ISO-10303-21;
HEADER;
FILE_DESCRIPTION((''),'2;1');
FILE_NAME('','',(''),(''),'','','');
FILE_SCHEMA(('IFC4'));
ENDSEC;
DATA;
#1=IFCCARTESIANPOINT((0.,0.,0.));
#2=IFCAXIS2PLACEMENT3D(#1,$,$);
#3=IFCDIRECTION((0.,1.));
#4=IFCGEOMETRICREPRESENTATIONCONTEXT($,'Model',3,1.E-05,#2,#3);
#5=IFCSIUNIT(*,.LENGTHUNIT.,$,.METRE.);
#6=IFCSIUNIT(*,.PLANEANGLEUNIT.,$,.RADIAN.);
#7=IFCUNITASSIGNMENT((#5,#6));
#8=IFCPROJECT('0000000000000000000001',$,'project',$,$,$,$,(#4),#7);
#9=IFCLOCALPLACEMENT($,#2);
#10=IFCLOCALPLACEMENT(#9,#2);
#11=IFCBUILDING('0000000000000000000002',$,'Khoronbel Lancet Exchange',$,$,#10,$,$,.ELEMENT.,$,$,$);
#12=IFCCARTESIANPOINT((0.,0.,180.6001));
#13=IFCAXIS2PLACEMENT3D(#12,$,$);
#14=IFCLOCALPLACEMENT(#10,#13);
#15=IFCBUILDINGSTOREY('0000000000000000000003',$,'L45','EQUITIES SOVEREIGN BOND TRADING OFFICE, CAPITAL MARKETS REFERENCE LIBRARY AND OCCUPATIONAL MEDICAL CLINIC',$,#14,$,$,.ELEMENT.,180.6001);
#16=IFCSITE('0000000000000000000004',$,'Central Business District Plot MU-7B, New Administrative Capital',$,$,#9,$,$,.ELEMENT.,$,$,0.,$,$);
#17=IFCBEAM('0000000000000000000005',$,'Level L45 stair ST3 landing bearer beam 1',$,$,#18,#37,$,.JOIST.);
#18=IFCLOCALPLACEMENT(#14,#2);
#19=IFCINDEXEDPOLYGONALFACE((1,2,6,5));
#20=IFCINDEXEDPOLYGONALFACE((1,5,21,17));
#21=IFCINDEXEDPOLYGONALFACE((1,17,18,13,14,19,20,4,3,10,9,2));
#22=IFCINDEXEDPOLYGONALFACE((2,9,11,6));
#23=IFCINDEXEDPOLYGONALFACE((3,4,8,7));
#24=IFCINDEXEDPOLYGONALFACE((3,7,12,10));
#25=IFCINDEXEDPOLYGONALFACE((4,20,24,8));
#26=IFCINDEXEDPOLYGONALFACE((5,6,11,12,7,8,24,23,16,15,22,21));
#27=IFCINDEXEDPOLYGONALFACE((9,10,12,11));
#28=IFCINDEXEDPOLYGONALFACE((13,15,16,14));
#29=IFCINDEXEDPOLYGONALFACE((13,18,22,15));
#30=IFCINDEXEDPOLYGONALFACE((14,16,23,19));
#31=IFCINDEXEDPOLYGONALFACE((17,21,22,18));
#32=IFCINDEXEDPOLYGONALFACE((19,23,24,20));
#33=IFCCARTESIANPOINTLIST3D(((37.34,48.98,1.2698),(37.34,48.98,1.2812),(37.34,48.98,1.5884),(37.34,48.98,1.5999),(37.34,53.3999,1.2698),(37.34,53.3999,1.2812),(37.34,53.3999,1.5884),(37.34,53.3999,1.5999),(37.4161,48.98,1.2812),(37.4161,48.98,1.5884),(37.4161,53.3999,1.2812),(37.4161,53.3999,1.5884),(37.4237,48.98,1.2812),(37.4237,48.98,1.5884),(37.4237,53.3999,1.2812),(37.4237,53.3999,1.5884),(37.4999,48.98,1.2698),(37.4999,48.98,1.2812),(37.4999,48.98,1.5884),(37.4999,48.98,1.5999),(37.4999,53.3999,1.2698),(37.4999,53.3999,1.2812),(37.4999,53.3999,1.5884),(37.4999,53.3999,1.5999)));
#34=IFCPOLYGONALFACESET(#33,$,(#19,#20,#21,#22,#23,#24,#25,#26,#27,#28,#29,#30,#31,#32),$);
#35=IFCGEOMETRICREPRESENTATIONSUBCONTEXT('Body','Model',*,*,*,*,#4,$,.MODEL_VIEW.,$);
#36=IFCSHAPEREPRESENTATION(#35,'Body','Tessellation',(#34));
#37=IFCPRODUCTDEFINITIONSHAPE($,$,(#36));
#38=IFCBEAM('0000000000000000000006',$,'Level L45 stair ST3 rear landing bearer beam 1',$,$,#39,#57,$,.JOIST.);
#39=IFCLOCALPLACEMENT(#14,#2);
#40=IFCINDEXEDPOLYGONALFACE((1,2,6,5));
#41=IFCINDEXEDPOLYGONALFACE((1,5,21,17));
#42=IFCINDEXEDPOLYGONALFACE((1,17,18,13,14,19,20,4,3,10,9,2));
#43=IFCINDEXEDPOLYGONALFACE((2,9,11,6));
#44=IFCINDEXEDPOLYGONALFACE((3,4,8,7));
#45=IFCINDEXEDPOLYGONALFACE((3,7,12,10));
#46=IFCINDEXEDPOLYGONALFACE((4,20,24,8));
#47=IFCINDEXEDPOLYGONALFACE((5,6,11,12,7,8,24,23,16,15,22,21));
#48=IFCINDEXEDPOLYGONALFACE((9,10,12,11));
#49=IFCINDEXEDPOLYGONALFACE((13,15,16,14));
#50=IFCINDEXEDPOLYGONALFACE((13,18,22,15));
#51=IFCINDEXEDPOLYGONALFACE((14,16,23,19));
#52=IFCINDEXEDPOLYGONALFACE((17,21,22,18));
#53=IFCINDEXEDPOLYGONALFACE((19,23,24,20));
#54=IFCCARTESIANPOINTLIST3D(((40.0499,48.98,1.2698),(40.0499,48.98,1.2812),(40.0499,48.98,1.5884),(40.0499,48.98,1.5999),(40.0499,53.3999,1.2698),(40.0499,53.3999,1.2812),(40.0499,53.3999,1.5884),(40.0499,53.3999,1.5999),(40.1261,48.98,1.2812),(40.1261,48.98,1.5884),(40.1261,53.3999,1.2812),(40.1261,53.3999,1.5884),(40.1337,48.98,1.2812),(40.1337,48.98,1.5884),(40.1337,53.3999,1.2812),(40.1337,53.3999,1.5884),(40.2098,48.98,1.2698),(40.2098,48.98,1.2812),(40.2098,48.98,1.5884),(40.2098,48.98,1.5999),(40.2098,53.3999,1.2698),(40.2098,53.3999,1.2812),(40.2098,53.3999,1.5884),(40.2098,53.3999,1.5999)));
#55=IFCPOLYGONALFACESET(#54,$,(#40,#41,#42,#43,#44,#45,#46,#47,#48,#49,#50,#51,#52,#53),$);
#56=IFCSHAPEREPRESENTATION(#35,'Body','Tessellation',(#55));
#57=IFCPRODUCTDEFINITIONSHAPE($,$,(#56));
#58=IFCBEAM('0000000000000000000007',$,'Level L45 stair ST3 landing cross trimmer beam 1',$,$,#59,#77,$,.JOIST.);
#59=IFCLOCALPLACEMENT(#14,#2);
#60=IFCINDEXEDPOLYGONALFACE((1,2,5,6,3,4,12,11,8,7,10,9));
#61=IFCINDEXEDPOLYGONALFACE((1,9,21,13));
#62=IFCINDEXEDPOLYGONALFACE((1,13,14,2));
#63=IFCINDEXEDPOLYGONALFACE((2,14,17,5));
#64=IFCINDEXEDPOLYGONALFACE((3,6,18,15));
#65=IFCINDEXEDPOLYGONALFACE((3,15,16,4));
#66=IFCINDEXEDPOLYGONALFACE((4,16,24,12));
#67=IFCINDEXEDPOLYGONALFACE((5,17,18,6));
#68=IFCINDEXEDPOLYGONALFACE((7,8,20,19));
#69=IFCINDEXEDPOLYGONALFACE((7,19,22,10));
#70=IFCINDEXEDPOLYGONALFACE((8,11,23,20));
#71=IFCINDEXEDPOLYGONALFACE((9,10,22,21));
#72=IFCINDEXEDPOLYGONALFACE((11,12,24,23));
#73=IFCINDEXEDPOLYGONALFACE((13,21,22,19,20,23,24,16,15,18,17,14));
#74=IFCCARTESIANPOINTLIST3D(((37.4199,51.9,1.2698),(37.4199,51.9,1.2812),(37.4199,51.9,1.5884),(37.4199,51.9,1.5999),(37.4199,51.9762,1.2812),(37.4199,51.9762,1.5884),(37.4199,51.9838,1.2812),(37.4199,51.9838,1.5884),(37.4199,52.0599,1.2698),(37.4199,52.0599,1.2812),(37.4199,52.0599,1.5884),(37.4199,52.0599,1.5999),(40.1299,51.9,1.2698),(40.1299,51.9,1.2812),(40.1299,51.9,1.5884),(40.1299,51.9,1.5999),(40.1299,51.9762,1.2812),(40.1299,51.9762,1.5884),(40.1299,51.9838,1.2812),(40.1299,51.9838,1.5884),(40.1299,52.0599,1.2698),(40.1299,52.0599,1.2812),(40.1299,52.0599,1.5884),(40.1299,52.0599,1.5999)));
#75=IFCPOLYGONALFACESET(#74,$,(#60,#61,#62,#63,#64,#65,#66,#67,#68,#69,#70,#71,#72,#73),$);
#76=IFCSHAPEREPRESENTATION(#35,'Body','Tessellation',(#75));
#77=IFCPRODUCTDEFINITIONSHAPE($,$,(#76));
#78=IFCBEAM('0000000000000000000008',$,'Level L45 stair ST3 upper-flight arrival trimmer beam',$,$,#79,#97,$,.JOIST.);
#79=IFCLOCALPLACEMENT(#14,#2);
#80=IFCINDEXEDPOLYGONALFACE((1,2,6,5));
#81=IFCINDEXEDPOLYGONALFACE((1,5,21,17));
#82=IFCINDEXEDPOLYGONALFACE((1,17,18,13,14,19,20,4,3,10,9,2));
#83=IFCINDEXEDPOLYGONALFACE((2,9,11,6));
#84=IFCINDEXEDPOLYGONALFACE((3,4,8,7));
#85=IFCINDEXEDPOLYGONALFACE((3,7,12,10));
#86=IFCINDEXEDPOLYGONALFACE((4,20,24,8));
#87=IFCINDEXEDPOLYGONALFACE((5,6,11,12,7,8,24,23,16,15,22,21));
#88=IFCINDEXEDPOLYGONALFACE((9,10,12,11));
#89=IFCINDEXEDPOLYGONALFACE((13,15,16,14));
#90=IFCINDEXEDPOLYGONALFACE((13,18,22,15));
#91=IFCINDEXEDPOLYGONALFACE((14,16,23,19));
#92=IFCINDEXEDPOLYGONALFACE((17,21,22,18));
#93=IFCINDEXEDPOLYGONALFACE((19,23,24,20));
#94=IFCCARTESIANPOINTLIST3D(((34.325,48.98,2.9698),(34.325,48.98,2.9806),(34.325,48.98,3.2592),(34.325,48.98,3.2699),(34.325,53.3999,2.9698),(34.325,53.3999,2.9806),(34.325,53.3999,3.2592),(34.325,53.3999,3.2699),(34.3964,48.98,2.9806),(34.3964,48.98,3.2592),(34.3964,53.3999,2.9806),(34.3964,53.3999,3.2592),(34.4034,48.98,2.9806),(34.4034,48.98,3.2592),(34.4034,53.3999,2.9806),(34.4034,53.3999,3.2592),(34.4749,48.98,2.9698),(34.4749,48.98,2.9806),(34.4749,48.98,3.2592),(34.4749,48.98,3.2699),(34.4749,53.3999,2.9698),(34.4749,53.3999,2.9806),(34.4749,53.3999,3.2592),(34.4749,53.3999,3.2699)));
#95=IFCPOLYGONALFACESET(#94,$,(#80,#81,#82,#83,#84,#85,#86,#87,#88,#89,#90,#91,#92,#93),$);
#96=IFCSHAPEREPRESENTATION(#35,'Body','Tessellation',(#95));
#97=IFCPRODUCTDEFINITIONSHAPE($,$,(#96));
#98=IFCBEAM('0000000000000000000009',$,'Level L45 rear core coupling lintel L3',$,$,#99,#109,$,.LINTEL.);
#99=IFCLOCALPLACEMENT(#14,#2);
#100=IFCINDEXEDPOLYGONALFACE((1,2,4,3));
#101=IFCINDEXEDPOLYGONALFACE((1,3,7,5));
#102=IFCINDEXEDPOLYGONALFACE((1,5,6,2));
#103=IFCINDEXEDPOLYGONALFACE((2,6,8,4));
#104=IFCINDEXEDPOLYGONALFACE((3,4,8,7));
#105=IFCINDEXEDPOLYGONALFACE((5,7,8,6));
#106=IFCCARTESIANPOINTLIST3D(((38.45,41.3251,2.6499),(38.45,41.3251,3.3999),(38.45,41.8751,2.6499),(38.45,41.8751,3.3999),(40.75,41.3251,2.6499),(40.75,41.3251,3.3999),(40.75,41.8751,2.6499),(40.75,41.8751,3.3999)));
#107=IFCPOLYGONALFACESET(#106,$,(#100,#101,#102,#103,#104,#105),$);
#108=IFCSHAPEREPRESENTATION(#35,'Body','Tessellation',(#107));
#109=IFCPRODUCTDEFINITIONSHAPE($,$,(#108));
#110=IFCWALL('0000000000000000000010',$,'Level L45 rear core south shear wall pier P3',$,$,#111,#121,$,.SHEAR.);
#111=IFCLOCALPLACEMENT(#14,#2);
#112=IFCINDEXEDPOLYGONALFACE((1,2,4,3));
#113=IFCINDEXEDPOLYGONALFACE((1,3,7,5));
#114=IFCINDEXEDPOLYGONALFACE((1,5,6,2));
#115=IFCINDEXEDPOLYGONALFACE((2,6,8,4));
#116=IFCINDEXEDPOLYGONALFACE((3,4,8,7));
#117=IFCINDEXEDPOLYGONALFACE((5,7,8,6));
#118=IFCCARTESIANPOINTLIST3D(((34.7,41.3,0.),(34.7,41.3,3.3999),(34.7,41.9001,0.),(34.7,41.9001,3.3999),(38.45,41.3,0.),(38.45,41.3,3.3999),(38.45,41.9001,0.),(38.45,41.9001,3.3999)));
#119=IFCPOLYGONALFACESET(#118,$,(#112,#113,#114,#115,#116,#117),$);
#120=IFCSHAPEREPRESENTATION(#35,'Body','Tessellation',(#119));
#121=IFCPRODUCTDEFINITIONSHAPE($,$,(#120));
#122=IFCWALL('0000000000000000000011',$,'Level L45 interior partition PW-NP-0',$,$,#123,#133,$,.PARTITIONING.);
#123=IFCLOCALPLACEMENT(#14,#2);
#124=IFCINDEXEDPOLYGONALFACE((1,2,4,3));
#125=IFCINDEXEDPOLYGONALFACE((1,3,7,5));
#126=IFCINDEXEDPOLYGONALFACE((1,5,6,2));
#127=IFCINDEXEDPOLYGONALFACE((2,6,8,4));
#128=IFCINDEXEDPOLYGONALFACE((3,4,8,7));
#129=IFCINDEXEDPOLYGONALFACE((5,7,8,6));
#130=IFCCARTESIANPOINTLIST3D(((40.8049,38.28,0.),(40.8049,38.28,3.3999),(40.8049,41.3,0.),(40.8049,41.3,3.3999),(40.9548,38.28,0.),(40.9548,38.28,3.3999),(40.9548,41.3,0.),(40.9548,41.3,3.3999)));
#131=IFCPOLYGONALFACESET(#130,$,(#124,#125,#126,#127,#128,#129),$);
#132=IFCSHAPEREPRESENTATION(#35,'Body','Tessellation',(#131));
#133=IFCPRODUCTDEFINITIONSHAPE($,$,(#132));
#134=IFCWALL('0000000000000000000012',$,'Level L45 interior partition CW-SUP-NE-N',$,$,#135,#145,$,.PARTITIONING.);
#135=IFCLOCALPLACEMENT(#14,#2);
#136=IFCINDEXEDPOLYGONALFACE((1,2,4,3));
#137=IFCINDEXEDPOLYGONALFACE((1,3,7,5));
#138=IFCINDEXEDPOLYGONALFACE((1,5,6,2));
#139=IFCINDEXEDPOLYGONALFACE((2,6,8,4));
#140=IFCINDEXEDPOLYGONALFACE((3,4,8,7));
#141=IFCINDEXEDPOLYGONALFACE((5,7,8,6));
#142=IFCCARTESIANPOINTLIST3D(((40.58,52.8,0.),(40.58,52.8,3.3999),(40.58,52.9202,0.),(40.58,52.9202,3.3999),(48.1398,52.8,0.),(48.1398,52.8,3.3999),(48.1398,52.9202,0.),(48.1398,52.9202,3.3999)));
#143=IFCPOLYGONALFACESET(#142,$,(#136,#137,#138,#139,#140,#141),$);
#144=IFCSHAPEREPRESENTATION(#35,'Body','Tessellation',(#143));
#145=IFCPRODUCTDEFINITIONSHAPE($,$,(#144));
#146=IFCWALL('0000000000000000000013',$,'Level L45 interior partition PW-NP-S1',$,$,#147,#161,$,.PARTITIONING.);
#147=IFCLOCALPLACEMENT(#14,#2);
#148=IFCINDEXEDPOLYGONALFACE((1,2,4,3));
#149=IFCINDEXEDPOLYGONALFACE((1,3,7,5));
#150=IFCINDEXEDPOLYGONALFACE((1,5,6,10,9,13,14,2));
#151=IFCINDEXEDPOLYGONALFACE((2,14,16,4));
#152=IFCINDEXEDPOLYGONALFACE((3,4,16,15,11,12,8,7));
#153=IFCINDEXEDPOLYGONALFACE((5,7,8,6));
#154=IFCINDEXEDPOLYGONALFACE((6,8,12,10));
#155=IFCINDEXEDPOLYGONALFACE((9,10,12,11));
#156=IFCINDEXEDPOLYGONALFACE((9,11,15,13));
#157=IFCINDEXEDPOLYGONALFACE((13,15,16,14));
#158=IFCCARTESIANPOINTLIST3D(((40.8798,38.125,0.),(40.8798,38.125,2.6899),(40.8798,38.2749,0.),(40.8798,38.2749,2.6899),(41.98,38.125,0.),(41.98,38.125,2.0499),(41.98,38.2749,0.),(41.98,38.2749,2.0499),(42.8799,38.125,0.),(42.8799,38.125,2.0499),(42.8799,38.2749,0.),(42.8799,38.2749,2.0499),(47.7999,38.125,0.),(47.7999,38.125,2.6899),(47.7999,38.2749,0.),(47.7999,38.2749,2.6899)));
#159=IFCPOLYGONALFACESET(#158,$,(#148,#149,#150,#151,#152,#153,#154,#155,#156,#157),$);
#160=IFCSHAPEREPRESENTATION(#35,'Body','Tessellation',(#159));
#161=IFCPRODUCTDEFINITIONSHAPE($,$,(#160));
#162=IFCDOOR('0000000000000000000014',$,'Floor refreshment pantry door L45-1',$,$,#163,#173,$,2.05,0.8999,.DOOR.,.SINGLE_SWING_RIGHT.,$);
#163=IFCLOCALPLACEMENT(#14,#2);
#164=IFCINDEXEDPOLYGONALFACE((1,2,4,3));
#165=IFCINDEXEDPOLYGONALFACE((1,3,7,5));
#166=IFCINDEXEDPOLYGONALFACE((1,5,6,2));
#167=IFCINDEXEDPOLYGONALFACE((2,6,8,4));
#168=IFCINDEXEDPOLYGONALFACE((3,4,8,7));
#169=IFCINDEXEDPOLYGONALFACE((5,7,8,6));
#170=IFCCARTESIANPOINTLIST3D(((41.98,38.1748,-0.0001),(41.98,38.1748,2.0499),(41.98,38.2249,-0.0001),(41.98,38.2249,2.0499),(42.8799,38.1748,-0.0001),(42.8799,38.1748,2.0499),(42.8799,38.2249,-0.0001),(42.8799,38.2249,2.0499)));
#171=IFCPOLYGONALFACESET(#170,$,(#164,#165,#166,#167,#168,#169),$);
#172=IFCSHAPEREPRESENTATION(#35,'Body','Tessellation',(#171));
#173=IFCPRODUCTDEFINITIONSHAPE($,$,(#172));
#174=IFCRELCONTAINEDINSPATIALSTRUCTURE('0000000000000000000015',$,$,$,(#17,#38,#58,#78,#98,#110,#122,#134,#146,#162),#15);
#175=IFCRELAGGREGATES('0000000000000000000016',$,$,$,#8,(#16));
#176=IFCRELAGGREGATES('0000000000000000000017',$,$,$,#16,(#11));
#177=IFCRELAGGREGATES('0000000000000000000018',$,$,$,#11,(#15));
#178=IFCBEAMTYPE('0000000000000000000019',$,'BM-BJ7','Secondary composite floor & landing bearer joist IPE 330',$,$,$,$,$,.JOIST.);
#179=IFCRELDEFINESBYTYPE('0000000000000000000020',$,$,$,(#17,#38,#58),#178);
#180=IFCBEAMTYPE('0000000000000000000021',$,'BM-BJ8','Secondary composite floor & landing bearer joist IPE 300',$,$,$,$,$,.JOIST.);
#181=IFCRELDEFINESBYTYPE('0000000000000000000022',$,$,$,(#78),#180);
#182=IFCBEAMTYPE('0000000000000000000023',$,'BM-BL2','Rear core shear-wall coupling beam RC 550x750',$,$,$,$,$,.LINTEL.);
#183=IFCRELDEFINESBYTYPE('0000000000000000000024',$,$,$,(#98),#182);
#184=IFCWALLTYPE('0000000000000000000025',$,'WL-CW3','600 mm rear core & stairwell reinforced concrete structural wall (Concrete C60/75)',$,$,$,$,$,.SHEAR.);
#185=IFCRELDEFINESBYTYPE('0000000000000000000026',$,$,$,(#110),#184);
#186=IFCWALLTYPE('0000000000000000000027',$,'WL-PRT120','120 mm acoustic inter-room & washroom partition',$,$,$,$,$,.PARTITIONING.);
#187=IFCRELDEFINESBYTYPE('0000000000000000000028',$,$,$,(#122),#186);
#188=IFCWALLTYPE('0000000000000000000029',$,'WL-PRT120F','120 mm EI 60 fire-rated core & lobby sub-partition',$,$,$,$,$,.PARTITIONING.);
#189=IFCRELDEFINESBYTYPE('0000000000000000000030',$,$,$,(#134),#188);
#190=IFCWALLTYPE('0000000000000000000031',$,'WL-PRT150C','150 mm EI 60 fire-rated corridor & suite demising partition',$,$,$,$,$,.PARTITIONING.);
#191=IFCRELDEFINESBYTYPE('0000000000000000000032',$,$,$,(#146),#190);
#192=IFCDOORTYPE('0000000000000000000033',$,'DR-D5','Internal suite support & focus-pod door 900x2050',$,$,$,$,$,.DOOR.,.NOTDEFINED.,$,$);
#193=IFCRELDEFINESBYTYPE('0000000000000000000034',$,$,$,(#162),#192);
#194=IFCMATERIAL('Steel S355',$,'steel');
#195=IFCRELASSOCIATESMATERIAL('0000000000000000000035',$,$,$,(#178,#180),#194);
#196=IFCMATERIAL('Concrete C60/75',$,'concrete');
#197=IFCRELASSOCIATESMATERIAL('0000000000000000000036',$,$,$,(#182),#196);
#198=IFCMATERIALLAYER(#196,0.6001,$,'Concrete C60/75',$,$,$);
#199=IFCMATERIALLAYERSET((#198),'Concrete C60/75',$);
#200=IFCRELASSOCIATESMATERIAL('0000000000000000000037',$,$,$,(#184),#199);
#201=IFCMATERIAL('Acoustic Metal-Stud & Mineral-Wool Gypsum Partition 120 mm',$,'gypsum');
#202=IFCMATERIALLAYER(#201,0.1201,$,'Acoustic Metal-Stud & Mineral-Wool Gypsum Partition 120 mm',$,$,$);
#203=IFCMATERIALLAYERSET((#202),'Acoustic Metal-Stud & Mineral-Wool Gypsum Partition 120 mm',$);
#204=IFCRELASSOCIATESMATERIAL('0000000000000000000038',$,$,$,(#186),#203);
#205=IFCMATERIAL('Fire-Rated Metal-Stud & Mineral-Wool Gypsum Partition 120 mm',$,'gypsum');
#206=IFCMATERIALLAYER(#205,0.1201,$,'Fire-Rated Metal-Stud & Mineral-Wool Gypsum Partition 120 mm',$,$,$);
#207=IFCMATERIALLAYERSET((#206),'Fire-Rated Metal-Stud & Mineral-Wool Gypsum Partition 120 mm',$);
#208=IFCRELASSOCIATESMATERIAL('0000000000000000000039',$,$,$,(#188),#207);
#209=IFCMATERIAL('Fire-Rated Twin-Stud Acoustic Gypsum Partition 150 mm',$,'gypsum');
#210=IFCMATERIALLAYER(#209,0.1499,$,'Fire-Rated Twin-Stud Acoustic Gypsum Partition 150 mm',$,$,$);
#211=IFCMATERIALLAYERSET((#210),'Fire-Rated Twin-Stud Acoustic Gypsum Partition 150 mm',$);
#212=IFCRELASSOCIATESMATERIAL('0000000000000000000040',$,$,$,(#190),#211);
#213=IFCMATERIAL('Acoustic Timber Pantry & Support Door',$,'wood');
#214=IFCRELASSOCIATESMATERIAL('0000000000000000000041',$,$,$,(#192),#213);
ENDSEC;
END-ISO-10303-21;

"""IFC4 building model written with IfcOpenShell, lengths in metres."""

from ifc_helpers import new_model, si_unit, direction, frame, frame_2d, origin, origin_2d, place, context, subcontext, project, spatial, rectangle, i_section, extrude, material, layer, layer_set, material_profile, profile_set, type_object, element, fill, save


model = new_model("IFC4")

# Units and contexts
model_context = context("Model", 3, precision=1e-05, world=origin(), true_north=direction((0.0, 1.0)))
body_context = subcontext(model_context, "Body", "Model", "MODEL_VIEW")
ifc_project = project(units=[si_unit("LENGTHUNIT", "METRE"), si_unit("PLANEANGLEUNIT", "RADIAN")], contexts=[model_context])

# Site, building, storey
site_placement = place(None, origin())
site = spatial("IfcSite", under=ifc_project, at=site_placement, Name="Central Business District Plot MU-7B, New Administrative Capital", CompositionType="ELEMENT", RefElevation=0.0)
building_placement = place(site_placement, origin())
building = spatial("IfcBuilding", under=site, at=building_placement, Name="Khoronbel Lancet Exchange", CompositionType="ELEMENT")
storey_placement = place(building_placement, frame((0.0, 0.0, 180.6001)))
storey = spatial("IfcBuildingStorey", under=building, at=storey_placement, Name="L45", Description="EQUITIES SOVEREIGN BOND TRADING OFFICE, CAPITAL MARKETS REFERENCE LIBRARY AND OCCUPATIONAL MEDICAL CLINIC", CompositionType="ELEMENT", Elevation=180.6001)

# Beams
ifc_material_1 = material(Name="Steel S355", Category="steel")
ifc_material_profile_1 = material_profile(ifc_material_1, i_section(OverallWidth=0.1599, OverallDepth=0.3301, WebThickness=0.0076, FlangeThickness=0.0115, at=origin_2d()), Name="IPE 330")
ifc_profile_set_1 = profile_set([ifc_material_profile_1], Name="Steel S355")
beam_type_1 = type_object("IfcBeamType", Name="BM-BJ7", Description="Secondary composite floor & landing bearer joist IPE 330", PredefinedType="JOIST", material=ifc_profile_set_1)
for number, where, z_axis, x_axis, name in (
    (1, (37.4199, 48.98, 1.4348), (0.0, 1.0, 0.0), (-1.0, 0.0, 0.0), "Level L45 stair ST3 landing bearer beam 1"),
    (2, (40.1299, 48.98, 1.4348), (0.0, 1.0, 0.0), (-1.0, 0.0, 0.0), "Level L45 stair ST3 rear landing bearer beam 1"),
):
    element("IfcBeam", number, at=place(storey_placement, frame(where, z_axis=z_axis, x_axis=x_axis)), inside=storey, type_object=beam_type_1, Name=name, PredefinedType="JOIST", context=body_context, shape_type="SweptSolid", body=[
        extrude(i_section(OverallWidth=0.1599, OverallDepth=0.3301, WebThickness=0.0076, FlangeThickness=0.0115, at=origin_2d()), origin(), (0.0, 0.0, 1.0), 4.4199),
    ])
beam_1_placement = place(storey_placement, frame((37.4199, 51.98, 1.4348), z_axis=(1.0, 0.0, 0.0), x_axis=(0.0, 1.0, 0.0)))
element("IfcBeam", 3, at=beam_1_placement, inside=storey, type_object=beam_type_1, Name="Level L45 stair ST3 landing cross trimmer beam 1", PredefinedType="JOIST", context=body_context, shape_type="SweptSolid", body=[
    extrude(i_section(OverallWidth=0.1599, OverallDepth=0.3301, WebThickness=0.0076, FlangeThickness=0.0115, at=origin_2d()), origin(), (0.0, 0.0, 1.0), 2.71),
])
ifc_material_profile_2 = material_profile(ifc_material_1, i_section(OverallWidth=0.1499, OverallDepth=0.3, WebThickness=0.0071, FlangeThickness=0.0107, at=origin_2d()), Name="IPE 300")
ifc_profile_set_2 = profile_set([ifc_material_profile_2], Name="Steel S355")
beam_type_2 = type_object("IfcBeamType", Name="BM-BJ8", Description="Secondary composite floor & landing bearer joist IPE 300", PredefinedType="JOIST", material=ifc_profile_set_2)
beam_2_placement = place(storey_placement, frame((34.3999, 48.98, 3.1199), z_axis=(0.0, 1.0, 0.0), x_axis=(-1.0, 0.0, 0.0)))
element("IfcBeam", 4, at=beam_2_placement, inside=storey, type_object=beam_type_2, Name="Level L45 stair ST3 upper-flight arrival trimmer beam", PredefinedType="JOIST", context=body_context, shape_type="SweptSolid", body=[
    extrude(i_section(OverallWidth=0.1499, OverallDepth=0.3, WebThickness=0.0071, FlangeThickness=0.0107, at=origin_2d()), origin(), (0.0, 0.0, 1.0), 4.4199),
])
ifc_material_2 = material(Name="Concrete C60/75", Category="concrete")
ifc_material_profile_3 = material_profile(ifc_material_2, rectangle(XDim=0.55, YDim=0.75, at=origin_2d()), Name="RC 550x750")
ifc_profile_set_3 = profile_set([ifc_material_profile_3], Name="Concrete C60/75")
beam_type_3 = type_object("IfcBeamType", Name="BM-BL2", Description="Rear core shear-wall coupling beam RC 550x750", PredefinedType="LINTEL", material=ifc_profile_set_3)
beam_3_placement = place(storey_placement, frame((38.45, 41.6001, 3.0249), z_axis=(1.0, 0.0, 0.0), x_axis=(0.0, 1.0, 0.0)))
element("IfcBeam", 5, at=beam_3_placement, inside=storey, type_object=beam_type_3, Name="Level L45 rear core coupling lintel L3", PredefinedType="LINTEL", context=body_context, shape_type="SweptSolid", body=[
    extrude(rectangle(XDim=0.55, YDim=0.75, at=origin_2d()), origin(), (0.0, 0.0, 1.0), 2.3),
])

# Walls
ifc_layer_1 = layer(ifc_material_2, 0.6001, Name="Concrete C60/75")
ifc_layer_set_1 = layer_set([ifc_layer_1], Name="Concrete C60/75")
wall_type_1 = type_object("IfcWallType", Name="WL-CW3", Description="600 mm rear core & stairwell reinforced concrete structural wall (Concrete C60/75)", PredefinedType="SHEAR", material=ifc_layer_set_1)
wall_1_placement = place(storey_placement, frame((38.45, 41.6001, 0.0), z_axis=(0.0, 0.0, 1.0), x_axis=(-1.0, 0.0, 0.0)))
element("IfcWall", 6, at=wall_1_placement, inside=storey, type_object=wall_type_1, Name="Level L45 rear core south shear wall pier P3", PredefinedType="SHEAR", context=body_context, shape_type="SweptSolid", body=[
    extrude(rectangle(XDim=3.75, YDim=0.6001, at=frame_2d((1.875, 0.0))), origin(), (0.0, 0.0, 1.0), 3.3999),
])
ifc_material_3 = material(Name="Acoustic Metal-Stud & Mineral-Wool Gypsum Partition 120 mm", Category="gypsum")
ifc_layer_2 = layer(ifc_material_3, 0.1201, Name="Acoustic Metal-Stud & Mineral-Wool Gypsum Partition 120 mm")
ifc_layer_set_2 = layer_set([ifc_layer_2], Name="Acoustic Metal-Stud & Mineral-Wool Gypsum Partition 120 mm")
wall_type_2 = type_object("IfcWallType", Name="WL-PRT120", Description="120 mm acoustic inter-room & washroom partition", PredefinedType="PARTITIONING", material=ifc_layer_set_2)
wall_2_placement = place(storey_placement, frame((40.8799, 38.28, 0.0), z_axis=(0.0, 0.0, 1.0), x_axis=(0.0, 1.0, 0.0)))
element("IfcWall", 7, at=wall_2_placement, inside=storey, type_object=wall_type_2, Name="Level L45 interior partition PW-NP-0", PredefinedType="PARTITIONING", context=body_context, shape_type="SweptSolid", body=[
    extrude(rectangle(XDim=3.02, YDim=0.1499, at=frame_2d((1.51, 0.0))), origin(), (0.0, 0.0, 1.0), 3.3999),
])
ifc_material_4 = material(Name="Fire-Rated Metal-Stud & Mineral-Wool Gypsum Partition 120 mm", Category="gypsum")
ifc_layer_3 = layer(ifc_material_4, 0.1201, Name="Fire-Rated Metal-Stud & Mineral-Wool Gypsum Partition 120 mm")
ifc_layer_set_3 = layer_set([ifc_layer_3], Name="Fire-Rated Metal-Stud & Mineral-Wool Gypsum Partition 120 mm")
wall_type_3 = type_object("IfcWallType", Name="WL-PRT120F", Description="120 mm EI 60 fire-rated core & lobby sub-partition", PredefinedType="PARTITIONING", material=ifc_layer_set_3)
wall_3_placement = place(storey_placement, frame((40.5801, 52.8601, 0.0), z_axis=(0.0, 0.0, 1.0), x_axis=(1.0, 0.0, 0.0)))
element("IfcWall", 8, at=wall_3_placement, inside=storey, type_object=wall_type_3, Name="Level L45 interior partition CW-SUP-NE-N", PredefinedType="PARTITIONING", context=body_context, shape_type="SweptSolid", body=[
    extrude(rectangle(XDim=7.5598, YDim=0.1201, at=frame_2d((3.7798, 0.0))), origin(), (0.0, 0.0, 1.0), 3.3999),
])

# Wall, opening, door
ifc_material_5 = material(Name="Fire-Rated Twin-Stud Acoustic Gypsum Partition 150 mm", Category="gypsum")
ifc_layer_4 = layer(ifc_material_5, 0.1499, Name="Fire-Rated Twin-Stud Acoustic Gypsum Partition 150 mm")
ifc_layer_set_4 = layer_set([ifc_layer_4], Name="Fire-Rated Twin-Stud Acoustic Gypsum Partition 150 mm")
wall_type_4 = type_object("IfcWallType", Name="WL-PRT150C", Description="150 mm EI 60 fire-rated corridor & suite demising partition", PredefinedType="PARTITIONING", material=ifc_layer_set_4)
wall_4_placement = place(storey_placement, frame((40.8799, 38.2, 0.0), z_axis=(0.0, 0.0, 1.0), x_axis=(1.0, 0.0, 0.0)))
wall_4 = element("IfcWall", 9, at=wall_4_placement, inside=storey, type_object=wall_type_4, Name="Level L45 interior partition PW-NP-S1", PredefinedType="PARTITIONING", context=body_context, shape_type="SweptSolid", body=[
    extrude(rectangle(XDim=6.9202, YDim=0.1499, at=frame_2d((3.46, 0.0))), origin(), (0.0, 0.0, 1.0), 2.6899),
])
opening_1_placement = place(wall_4_placement, frame((1.1001, 0.0, 0.0)))
opening_1 = element("IfcOpeningElement", 10, at=opening_1_placement, cuts=wall_4, PredefinedType="OPENING", context=body_context, shape_type="SweptSolid", body=[
    extrude(rectangle(XDim=0.8999, YDim=2.05, at=frame_2d((0.45, 1.0249))), frame((0.0, 0.085, 0.0), z_axis=(0.0, -1.0, 0.0), x_axis=(1.0, 0.0, 0.0)), (0.0, 0.0, 1.0), 0.1699),
])
ifc_material_6 = material(Name="Acoustic Timber Pantry & Support Door", Category="wood")
door_type_1 = type_object("IfcDoorType", Name="DR-D5", Description="Internal suite support & focus-pod door 900x2050", OperationType="NOTDEFINED", PredefinedType="DOOR", material=ifc_material_6)
door_1_placement = place(opening_1_placement, origin())
door_1 = element("IfcDoor", 11, at=door_1_placement, inside=storey, type_object=door_type_1, Name="Floor refreshment pantry door L45-1", OperationType="SINGLE_SWING_RIGHT", OverallHeight=2.05, OverallWidth=0.8999, PredefinedType="DOOR", context=body_context, shape_type="SweptSolid", body=[
    extrude(rectangle(XDim=0.8999, YDim=2.05, at=frame_2d((0.45, 1.0249))), frame((0.0, 0.0249, 0.0), z_axis=(0.0, -1.0, 0.0), x_axis=(1.0, 0.0, 0.0)), (0.0, 0.0, 1.0), 0.05),
])
fill(opening_1, door_1)

save(model, "model.ifc")
